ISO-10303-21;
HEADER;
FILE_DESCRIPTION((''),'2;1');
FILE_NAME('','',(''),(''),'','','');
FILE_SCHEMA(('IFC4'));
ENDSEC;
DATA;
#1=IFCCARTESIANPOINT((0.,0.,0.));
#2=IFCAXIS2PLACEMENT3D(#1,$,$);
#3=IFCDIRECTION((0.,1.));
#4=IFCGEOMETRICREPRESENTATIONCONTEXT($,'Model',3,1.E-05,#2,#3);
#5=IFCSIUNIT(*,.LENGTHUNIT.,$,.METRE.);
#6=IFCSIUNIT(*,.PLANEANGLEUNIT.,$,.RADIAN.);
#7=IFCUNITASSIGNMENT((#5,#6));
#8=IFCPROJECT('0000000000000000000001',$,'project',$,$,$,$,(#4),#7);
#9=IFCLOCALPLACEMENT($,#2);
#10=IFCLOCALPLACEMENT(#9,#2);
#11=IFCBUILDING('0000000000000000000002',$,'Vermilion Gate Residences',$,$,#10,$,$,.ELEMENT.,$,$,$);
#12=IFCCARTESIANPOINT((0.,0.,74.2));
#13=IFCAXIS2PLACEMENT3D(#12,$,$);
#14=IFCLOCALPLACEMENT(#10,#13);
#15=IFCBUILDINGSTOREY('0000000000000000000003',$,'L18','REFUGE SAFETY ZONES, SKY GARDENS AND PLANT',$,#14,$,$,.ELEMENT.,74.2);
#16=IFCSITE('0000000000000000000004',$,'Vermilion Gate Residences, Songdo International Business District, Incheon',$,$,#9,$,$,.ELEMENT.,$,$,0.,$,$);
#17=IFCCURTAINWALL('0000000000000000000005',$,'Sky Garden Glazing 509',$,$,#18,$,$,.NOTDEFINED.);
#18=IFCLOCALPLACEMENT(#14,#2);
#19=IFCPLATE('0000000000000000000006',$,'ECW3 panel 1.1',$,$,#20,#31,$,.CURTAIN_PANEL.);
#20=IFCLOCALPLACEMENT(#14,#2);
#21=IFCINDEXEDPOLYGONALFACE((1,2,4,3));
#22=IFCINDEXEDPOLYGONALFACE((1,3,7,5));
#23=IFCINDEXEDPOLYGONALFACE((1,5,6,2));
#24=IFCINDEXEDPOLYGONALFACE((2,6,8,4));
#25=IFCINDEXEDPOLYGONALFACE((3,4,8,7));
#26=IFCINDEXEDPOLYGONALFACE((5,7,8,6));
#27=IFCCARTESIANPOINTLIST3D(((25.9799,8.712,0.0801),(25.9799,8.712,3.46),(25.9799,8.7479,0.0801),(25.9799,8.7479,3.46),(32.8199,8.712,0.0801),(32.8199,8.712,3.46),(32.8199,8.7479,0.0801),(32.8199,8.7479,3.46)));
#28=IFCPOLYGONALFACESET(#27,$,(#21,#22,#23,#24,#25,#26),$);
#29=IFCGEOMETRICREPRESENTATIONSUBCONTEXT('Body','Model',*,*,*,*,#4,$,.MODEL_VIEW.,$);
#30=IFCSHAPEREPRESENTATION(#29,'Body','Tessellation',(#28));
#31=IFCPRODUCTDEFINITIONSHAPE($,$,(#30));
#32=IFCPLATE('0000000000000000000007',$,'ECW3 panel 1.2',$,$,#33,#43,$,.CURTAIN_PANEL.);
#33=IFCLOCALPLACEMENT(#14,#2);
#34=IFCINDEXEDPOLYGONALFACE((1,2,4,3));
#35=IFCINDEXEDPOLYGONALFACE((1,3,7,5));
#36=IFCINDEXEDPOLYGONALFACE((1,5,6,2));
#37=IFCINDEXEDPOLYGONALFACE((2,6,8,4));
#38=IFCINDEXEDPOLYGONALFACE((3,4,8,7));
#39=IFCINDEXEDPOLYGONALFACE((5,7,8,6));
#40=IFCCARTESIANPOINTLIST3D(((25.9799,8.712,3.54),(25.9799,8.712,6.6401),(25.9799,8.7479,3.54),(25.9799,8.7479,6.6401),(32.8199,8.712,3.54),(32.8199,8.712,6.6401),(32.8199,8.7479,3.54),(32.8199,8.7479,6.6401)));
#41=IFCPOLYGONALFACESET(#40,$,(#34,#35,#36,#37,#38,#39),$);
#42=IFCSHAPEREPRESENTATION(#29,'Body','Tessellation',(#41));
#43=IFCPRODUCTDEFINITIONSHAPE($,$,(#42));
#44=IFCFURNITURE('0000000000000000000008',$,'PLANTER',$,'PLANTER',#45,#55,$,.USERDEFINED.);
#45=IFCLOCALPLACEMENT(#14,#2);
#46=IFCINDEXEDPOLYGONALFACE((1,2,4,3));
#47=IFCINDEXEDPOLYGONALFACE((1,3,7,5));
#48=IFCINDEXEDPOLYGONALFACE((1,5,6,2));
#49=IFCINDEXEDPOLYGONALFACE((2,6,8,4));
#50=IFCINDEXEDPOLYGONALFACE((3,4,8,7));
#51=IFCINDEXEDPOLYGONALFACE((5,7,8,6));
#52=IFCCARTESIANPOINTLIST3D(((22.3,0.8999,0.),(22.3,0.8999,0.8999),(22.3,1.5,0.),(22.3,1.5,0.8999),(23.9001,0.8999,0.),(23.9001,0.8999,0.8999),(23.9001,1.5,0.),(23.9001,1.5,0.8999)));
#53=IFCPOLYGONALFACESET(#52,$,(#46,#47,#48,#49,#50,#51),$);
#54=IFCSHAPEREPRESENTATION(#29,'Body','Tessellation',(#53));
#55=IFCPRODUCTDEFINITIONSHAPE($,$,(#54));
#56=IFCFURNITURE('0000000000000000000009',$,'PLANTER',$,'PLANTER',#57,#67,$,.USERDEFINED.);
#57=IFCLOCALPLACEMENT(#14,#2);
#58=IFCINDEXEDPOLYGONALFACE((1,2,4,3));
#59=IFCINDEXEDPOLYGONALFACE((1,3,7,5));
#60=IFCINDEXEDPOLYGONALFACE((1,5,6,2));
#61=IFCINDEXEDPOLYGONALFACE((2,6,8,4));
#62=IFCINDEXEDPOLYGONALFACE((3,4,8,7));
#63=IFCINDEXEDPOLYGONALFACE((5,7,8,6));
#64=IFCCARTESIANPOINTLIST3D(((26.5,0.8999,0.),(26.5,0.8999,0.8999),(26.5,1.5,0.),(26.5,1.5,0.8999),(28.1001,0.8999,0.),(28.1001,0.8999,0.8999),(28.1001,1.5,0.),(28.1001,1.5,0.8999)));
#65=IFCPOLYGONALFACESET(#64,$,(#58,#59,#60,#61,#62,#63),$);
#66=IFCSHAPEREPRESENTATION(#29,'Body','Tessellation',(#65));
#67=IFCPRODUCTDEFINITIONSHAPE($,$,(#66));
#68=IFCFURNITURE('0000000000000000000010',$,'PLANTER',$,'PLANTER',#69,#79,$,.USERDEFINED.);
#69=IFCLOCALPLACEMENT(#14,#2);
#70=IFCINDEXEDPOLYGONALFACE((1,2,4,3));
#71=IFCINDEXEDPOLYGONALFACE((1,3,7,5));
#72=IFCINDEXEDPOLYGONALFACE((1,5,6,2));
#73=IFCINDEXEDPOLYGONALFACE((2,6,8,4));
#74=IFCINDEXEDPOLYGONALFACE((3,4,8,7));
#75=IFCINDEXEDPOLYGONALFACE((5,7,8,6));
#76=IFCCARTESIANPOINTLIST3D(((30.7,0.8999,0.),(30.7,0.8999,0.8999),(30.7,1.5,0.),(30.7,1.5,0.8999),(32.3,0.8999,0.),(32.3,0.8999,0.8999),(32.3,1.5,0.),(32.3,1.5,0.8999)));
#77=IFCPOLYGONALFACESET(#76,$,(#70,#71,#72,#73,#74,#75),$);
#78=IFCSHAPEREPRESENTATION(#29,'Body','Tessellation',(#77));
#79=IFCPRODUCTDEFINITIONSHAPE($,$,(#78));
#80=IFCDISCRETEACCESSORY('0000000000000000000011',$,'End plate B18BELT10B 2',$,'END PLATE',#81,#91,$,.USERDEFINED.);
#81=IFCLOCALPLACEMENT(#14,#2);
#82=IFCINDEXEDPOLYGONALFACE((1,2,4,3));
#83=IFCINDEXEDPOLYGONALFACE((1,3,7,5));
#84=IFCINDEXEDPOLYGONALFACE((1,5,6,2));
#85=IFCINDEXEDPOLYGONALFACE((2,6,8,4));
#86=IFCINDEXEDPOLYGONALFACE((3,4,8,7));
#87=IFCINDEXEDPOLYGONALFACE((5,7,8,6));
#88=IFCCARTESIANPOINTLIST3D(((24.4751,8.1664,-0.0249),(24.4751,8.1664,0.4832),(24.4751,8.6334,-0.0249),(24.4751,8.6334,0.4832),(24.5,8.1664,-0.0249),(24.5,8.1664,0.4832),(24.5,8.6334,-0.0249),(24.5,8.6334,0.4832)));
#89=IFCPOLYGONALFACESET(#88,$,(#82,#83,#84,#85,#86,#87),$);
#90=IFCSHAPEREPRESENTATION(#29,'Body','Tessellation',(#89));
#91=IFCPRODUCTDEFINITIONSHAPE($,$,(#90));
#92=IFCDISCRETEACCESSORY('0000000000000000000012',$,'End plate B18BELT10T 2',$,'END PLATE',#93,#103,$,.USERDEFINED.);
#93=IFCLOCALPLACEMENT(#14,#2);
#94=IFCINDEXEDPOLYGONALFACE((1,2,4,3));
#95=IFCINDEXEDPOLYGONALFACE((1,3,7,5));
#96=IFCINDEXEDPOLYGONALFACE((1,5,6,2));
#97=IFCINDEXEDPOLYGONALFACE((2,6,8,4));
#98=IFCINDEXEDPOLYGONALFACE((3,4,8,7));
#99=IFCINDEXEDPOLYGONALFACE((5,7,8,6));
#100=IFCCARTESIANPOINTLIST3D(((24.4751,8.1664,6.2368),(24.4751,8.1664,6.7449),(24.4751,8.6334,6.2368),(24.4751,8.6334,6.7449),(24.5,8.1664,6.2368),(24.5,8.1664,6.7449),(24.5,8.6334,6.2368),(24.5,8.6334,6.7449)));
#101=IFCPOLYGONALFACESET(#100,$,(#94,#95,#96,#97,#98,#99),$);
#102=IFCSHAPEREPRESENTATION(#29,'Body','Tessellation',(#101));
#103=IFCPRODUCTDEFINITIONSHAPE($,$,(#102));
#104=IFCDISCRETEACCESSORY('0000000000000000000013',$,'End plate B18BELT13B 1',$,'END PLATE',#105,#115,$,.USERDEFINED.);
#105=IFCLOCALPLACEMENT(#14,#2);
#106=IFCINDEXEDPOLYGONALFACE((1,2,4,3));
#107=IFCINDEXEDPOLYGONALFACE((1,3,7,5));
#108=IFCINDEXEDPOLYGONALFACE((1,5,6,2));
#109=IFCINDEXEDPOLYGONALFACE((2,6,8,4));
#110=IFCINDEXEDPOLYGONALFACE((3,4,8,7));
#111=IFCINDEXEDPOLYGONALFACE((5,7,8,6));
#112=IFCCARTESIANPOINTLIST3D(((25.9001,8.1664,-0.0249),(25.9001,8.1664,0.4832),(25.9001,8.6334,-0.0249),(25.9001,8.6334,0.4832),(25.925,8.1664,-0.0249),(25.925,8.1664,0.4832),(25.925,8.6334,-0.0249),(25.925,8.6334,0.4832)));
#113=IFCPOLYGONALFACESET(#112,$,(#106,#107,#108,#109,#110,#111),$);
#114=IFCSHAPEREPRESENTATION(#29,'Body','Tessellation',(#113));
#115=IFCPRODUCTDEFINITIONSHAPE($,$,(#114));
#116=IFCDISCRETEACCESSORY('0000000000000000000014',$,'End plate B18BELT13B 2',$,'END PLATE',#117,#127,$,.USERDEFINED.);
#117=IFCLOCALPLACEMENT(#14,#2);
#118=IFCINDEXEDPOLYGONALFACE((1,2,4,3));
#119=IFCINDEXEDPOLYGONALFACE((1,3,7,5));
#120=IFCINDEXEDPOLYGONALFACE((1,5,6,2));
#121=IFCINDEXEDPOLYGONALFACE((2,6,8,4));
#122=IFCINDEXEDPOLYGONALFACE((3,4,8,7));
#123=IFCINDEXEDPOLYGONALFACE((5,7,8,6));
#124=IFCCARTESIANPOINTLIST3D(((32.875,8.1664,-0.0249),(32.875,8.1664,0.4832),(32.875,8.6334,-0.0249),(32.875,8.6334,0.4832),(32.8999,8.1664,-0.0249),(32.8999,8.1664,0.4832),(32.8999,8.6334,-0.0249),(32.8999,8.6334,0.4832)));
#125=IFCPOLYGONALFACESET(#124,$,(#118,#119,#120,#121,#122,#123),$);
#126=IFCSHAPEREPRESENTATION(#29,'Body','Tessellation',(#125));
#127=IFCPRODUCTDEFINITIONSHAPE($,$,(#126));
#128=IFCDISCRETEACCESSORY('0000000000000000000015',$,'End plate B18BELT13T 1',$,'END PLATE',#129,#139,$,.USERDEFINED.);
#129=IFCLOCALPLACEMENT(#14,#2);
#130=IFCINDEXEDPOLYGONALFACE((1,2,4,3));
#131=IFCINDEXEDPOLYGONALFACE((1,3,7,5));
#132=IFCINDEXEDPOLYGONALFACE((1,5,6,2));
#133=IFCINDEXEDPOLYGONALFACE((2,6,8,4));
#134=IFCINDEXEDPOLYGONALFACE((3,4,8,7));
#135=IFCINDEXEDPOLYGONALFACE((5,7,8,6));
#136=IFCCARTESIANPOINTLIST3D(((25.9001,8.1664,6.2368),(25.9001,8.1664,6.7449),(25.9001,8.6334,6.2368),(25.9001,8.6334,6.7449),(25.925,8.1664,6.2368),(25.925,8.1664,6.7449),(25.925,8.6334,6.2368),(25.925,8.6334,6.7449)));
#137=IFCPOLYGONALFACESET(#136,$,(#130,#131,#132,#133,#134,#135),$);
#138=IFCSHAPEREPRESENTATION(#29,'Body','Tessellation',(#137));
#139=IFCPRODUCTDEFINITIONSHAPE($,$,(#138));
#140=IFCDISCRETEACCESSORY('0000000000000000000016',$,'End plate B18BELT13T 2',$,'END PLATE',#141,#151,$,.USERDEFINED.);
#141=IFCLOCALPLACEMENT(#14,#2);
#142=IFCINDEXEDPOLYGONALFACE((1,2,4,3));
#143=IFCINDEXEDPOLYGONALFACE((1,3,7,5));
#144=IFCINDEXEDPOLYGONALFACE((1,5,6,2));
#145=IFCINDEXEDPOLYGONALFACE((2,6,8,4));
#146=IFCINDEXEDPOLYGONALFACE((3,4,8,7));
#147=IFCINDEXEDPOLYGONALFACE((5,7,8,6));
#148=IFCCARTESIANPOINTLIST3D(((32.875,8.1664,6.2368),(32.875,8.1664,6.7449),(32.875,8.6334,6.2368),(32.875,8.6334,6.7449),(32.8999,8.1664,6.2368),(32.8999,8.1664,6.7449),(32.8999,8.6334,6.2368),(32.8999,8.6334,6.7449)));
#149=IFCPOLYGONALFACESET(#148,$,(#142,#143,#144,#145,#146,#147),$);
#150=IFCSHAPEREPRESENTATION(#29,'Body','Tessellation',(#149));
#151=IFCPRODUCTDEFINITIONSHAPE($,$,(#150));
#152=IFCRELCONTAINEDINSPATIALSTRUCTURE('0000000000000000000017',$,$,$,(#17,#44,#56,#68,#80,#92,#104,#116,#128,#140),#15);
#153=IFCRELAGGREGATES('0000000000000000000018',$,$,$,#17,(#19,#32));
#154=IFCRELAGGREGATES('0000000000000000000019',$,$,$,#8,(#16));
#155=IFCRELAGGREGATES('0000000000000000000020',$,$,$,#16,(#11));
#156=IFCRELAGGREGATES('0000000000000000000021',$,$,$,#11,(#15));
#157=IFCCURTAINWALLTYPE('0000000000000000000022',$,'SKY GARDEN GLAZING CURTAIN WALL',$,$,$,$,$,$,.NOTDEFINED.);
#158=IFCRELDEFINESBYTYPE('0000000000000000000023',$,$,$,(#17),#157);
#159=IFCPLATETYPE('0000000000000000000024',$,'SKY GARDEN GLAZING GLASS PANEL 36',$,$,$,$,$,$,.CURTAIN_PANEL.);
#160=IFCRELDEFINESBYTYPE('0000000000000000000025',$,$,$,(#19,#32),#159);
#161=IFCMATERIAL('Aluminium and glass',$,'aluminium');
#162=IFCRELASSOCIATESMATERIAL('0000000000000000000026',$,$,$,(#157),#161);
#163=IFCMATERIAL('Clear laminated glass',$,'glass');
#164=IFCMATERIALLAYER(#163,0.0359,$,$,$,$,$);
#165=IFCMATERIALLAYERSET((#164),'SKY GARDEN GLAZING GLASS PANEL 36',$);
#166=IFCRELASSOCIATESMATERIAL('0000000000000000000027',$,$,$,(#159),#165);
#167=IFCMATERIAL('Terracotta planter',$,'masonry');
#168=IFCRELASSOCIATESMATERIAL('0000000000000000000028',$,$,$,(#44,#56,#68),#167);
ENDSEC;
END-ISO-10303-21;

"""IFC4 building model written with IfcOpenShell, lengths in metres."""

from ifc_helpers import new_model, si_unit, direction, frame, origin, origin_2d, place, context, subcontext, project, spatial, rectangle, extrude, material, layer, layer_set, type_object, element, aggregate, save


model = new_model("IFC4")

# Units and contexts
model_context = context("Model", 3, precision=1e-05, world=origin(), true_north=direction((0.0, 1.0)))
body_context = subcontext(model_context, "Body", "Model", "MODEL_VIEW")
ifc_project = project(units=[si_unit("LENGTHUNIT", "METRE"), si_unit("PLANEANGLEUNIT", "RADIAN")], contexts=[model_context])

# Site, building, storey
site_placement = place(None, origin())
site = spatial("IfcSite", under=ifc_project, at=site_placement, Name="Vermilion Gate Residences, Songdo International Business District, Incheon", CompositionType="ELEMENT", RefElevation=0.0)
building_placement = place(site_placement, origin())
building = spatial("IfcBuilding", under=site, at=building_placement, Name="Vermilion Gate Residences", CompositionType="ELEMENT")
storey_placement = place(building_placement, frame((0.0, 0.0, 74.2)))
storey = spatial("IfcBuildingStorey", under=building, at=storey_placement, Name="L18", Description="REFUGE SAFETY ZONES, SKY GARDENS AND PLANT", CompositionType="ELEMENT", Elevation=74.2)

# Shared definitions
ifc_material_1 = material(Name="Aluminium and glass", Category="aluminium")
curtain_wall_type = type_object("IfcCurtainWallType", Name="SKY GARDEN GLAZING CURTAIN WALL", PredefinedType="NOTDEFINED", material=ifc_material_1)

# Curtain wall
curtain_wall_1_placement = place(storey_placement, origin())
curtain_wall_1 = element("IfcCurtainWall", 1, at=curtain_wall_1_placement, inside=storey, type_object=curtain_wall_type, Name="Sky Garden Glazing 509", PredefinedType="NOTDEFINED")

# Plates
ifc_material_2 = material(Name="Clear laminated glass", Category="glass")
ifc_layer = layer(ifc_material_2, 0.0359)
ifc_layer_set = layer_set([ifc_layer], Name="SKY GARDEN GLAZING GLASS PANEL 36")
plate_type = type_object("IfcPlateType", Name="SKY GARDEN GLAZING GLASS PANEL 36", PredefinedType="CURTAIN_PANEL", material=ifc_layer_set)
plate_1_placement = place(storey_placement, frame((29.3999, 8.73, 0.0801), z_axis=(0.0, 0.0, 1.0), x_axis=(1.0, 0.0, 0.0)))
plate_1 = element("IfcPlate", 2, at=plate_1_placement, type_object=plate_type, Name="ECW3 panel 1.1", PredefinedType="CURTAIN_PANEL", context=body_context, shape_type="SweptSolid", body=[
    extrude(rectangle(XDim=6.8401, YDim=0.0359, at=origin_2d()), origin(), (0.0, 0.0, 1.0), 3.3799),
])
plate_2_placement = place(storey_placement, frame((29.3999, 8.73, 3.54), z_axis=(0.0, 0.0, 1.0), x_axis=(1.0, 0.0, 0.0)))
plate_2 = element("IfcPlate", 3, at=plate_2_placement, type_object=plate_type, Name="ECW3 panel 1.2", PredefinedType="CURTAIN_PANEL", context=body_context, shape_type="SweptSolid", body=[
    extrude(rectangle(XDim=6.8401, YDim=0.0359, at=origin_2d()), origin(), (0.0, 0.0, 1.0), 3.1001),
])
aggregate(curtain_wall_1, [plate_1, plate_2])

# Furniture
ifc_material_3 = material(Name="Terracotta planter", Category="masonry")
for number, where, z_axis, x_axis, name in (
    (4, (23.1001, 1.2, 0.0), (0.0, 0.0, 1.0), (1.0, 0.0, 0.0), "PLANTER"),
    (5, (27.3, 1.2, 0.0), (0.0, 0.0, 1.0), (1.0, 0.0, 0.0), "PLANTER"),
    (6, (31.5, 1.2, 0.0), (0.0, 0.0, 1.0), (1.0, 0.0, 0.0), "PLANTER"),
):
    element("IfcFurniture", number, at=place(storey_placement, frame(where, z_axis=z_axis, x_axis=x_axis)), inside=storey, material=ifc_material_3, Name=name, ObjectType="PLANTER", PredefinedType="USERDEFINED", context=body_context, shape_type="SweptSolid", body=[
        extrude(rectangle(XDim=1.6001, YDim=0.6001, at=origin_2d()), origin(), (0.0, 0.0, 1.0), 0.8999),
    ])

# Discrete accessories
for number, where, z_axis, x_axis, name in (
    (7, (24.4875, 8.3999, -0.0249), (0.0, 0.0, 1.0), (1.0, 0.0, 0.0), "End plate B18BELT10B 2"),
    (8, (24.4875, 8.3999, 6.2368), (0.0, 0.0, 1.0), (1.0, 0.0, 0.0), "End plate B18BELT10T 2"),
    (9, (25.9126, 8.3999, -0.0249), (0.0, 0.0, 1.0), (1.0, 0.0, 0.0), "End plate B18BELT13B 1"),
    (10, (32.8875, 8.3999, -0.0249), (0.0, 0.0, 1.0), (1.0, 0.0, 0.0), "End plate B18BELT13B 2"),
    (11, (25.9126, 8.3999, 6.2368), (0.0, 0.0, 1.0), (1.0, 0.0, 0.0), "End plate B18BELT13T 1"),
    (12, (32.8875, 8.3999, 6.2368), (0.0, 0.0, 1.0), (1.0, 0.0, 0.0), "End plate B18BELT13T 2"),
):
    element("IfcDiscreteAccessory", number, at=place(storey_placement, frame(where, z_axis=z_axis, x_axis=x_axis)), inside=storey, Name=name, ObjectType="END PLATE", PredefinedType="USERDEFINED", context=body_context, shape_type="SweptSolid", body=[
        extrude(rectangle(XDim=0.0249, YDim=0.467, at=origin_2d()), origin(), (0.0, 0.0, 1.0), 0.5081),
    ])

save(model, "model.ifc")
